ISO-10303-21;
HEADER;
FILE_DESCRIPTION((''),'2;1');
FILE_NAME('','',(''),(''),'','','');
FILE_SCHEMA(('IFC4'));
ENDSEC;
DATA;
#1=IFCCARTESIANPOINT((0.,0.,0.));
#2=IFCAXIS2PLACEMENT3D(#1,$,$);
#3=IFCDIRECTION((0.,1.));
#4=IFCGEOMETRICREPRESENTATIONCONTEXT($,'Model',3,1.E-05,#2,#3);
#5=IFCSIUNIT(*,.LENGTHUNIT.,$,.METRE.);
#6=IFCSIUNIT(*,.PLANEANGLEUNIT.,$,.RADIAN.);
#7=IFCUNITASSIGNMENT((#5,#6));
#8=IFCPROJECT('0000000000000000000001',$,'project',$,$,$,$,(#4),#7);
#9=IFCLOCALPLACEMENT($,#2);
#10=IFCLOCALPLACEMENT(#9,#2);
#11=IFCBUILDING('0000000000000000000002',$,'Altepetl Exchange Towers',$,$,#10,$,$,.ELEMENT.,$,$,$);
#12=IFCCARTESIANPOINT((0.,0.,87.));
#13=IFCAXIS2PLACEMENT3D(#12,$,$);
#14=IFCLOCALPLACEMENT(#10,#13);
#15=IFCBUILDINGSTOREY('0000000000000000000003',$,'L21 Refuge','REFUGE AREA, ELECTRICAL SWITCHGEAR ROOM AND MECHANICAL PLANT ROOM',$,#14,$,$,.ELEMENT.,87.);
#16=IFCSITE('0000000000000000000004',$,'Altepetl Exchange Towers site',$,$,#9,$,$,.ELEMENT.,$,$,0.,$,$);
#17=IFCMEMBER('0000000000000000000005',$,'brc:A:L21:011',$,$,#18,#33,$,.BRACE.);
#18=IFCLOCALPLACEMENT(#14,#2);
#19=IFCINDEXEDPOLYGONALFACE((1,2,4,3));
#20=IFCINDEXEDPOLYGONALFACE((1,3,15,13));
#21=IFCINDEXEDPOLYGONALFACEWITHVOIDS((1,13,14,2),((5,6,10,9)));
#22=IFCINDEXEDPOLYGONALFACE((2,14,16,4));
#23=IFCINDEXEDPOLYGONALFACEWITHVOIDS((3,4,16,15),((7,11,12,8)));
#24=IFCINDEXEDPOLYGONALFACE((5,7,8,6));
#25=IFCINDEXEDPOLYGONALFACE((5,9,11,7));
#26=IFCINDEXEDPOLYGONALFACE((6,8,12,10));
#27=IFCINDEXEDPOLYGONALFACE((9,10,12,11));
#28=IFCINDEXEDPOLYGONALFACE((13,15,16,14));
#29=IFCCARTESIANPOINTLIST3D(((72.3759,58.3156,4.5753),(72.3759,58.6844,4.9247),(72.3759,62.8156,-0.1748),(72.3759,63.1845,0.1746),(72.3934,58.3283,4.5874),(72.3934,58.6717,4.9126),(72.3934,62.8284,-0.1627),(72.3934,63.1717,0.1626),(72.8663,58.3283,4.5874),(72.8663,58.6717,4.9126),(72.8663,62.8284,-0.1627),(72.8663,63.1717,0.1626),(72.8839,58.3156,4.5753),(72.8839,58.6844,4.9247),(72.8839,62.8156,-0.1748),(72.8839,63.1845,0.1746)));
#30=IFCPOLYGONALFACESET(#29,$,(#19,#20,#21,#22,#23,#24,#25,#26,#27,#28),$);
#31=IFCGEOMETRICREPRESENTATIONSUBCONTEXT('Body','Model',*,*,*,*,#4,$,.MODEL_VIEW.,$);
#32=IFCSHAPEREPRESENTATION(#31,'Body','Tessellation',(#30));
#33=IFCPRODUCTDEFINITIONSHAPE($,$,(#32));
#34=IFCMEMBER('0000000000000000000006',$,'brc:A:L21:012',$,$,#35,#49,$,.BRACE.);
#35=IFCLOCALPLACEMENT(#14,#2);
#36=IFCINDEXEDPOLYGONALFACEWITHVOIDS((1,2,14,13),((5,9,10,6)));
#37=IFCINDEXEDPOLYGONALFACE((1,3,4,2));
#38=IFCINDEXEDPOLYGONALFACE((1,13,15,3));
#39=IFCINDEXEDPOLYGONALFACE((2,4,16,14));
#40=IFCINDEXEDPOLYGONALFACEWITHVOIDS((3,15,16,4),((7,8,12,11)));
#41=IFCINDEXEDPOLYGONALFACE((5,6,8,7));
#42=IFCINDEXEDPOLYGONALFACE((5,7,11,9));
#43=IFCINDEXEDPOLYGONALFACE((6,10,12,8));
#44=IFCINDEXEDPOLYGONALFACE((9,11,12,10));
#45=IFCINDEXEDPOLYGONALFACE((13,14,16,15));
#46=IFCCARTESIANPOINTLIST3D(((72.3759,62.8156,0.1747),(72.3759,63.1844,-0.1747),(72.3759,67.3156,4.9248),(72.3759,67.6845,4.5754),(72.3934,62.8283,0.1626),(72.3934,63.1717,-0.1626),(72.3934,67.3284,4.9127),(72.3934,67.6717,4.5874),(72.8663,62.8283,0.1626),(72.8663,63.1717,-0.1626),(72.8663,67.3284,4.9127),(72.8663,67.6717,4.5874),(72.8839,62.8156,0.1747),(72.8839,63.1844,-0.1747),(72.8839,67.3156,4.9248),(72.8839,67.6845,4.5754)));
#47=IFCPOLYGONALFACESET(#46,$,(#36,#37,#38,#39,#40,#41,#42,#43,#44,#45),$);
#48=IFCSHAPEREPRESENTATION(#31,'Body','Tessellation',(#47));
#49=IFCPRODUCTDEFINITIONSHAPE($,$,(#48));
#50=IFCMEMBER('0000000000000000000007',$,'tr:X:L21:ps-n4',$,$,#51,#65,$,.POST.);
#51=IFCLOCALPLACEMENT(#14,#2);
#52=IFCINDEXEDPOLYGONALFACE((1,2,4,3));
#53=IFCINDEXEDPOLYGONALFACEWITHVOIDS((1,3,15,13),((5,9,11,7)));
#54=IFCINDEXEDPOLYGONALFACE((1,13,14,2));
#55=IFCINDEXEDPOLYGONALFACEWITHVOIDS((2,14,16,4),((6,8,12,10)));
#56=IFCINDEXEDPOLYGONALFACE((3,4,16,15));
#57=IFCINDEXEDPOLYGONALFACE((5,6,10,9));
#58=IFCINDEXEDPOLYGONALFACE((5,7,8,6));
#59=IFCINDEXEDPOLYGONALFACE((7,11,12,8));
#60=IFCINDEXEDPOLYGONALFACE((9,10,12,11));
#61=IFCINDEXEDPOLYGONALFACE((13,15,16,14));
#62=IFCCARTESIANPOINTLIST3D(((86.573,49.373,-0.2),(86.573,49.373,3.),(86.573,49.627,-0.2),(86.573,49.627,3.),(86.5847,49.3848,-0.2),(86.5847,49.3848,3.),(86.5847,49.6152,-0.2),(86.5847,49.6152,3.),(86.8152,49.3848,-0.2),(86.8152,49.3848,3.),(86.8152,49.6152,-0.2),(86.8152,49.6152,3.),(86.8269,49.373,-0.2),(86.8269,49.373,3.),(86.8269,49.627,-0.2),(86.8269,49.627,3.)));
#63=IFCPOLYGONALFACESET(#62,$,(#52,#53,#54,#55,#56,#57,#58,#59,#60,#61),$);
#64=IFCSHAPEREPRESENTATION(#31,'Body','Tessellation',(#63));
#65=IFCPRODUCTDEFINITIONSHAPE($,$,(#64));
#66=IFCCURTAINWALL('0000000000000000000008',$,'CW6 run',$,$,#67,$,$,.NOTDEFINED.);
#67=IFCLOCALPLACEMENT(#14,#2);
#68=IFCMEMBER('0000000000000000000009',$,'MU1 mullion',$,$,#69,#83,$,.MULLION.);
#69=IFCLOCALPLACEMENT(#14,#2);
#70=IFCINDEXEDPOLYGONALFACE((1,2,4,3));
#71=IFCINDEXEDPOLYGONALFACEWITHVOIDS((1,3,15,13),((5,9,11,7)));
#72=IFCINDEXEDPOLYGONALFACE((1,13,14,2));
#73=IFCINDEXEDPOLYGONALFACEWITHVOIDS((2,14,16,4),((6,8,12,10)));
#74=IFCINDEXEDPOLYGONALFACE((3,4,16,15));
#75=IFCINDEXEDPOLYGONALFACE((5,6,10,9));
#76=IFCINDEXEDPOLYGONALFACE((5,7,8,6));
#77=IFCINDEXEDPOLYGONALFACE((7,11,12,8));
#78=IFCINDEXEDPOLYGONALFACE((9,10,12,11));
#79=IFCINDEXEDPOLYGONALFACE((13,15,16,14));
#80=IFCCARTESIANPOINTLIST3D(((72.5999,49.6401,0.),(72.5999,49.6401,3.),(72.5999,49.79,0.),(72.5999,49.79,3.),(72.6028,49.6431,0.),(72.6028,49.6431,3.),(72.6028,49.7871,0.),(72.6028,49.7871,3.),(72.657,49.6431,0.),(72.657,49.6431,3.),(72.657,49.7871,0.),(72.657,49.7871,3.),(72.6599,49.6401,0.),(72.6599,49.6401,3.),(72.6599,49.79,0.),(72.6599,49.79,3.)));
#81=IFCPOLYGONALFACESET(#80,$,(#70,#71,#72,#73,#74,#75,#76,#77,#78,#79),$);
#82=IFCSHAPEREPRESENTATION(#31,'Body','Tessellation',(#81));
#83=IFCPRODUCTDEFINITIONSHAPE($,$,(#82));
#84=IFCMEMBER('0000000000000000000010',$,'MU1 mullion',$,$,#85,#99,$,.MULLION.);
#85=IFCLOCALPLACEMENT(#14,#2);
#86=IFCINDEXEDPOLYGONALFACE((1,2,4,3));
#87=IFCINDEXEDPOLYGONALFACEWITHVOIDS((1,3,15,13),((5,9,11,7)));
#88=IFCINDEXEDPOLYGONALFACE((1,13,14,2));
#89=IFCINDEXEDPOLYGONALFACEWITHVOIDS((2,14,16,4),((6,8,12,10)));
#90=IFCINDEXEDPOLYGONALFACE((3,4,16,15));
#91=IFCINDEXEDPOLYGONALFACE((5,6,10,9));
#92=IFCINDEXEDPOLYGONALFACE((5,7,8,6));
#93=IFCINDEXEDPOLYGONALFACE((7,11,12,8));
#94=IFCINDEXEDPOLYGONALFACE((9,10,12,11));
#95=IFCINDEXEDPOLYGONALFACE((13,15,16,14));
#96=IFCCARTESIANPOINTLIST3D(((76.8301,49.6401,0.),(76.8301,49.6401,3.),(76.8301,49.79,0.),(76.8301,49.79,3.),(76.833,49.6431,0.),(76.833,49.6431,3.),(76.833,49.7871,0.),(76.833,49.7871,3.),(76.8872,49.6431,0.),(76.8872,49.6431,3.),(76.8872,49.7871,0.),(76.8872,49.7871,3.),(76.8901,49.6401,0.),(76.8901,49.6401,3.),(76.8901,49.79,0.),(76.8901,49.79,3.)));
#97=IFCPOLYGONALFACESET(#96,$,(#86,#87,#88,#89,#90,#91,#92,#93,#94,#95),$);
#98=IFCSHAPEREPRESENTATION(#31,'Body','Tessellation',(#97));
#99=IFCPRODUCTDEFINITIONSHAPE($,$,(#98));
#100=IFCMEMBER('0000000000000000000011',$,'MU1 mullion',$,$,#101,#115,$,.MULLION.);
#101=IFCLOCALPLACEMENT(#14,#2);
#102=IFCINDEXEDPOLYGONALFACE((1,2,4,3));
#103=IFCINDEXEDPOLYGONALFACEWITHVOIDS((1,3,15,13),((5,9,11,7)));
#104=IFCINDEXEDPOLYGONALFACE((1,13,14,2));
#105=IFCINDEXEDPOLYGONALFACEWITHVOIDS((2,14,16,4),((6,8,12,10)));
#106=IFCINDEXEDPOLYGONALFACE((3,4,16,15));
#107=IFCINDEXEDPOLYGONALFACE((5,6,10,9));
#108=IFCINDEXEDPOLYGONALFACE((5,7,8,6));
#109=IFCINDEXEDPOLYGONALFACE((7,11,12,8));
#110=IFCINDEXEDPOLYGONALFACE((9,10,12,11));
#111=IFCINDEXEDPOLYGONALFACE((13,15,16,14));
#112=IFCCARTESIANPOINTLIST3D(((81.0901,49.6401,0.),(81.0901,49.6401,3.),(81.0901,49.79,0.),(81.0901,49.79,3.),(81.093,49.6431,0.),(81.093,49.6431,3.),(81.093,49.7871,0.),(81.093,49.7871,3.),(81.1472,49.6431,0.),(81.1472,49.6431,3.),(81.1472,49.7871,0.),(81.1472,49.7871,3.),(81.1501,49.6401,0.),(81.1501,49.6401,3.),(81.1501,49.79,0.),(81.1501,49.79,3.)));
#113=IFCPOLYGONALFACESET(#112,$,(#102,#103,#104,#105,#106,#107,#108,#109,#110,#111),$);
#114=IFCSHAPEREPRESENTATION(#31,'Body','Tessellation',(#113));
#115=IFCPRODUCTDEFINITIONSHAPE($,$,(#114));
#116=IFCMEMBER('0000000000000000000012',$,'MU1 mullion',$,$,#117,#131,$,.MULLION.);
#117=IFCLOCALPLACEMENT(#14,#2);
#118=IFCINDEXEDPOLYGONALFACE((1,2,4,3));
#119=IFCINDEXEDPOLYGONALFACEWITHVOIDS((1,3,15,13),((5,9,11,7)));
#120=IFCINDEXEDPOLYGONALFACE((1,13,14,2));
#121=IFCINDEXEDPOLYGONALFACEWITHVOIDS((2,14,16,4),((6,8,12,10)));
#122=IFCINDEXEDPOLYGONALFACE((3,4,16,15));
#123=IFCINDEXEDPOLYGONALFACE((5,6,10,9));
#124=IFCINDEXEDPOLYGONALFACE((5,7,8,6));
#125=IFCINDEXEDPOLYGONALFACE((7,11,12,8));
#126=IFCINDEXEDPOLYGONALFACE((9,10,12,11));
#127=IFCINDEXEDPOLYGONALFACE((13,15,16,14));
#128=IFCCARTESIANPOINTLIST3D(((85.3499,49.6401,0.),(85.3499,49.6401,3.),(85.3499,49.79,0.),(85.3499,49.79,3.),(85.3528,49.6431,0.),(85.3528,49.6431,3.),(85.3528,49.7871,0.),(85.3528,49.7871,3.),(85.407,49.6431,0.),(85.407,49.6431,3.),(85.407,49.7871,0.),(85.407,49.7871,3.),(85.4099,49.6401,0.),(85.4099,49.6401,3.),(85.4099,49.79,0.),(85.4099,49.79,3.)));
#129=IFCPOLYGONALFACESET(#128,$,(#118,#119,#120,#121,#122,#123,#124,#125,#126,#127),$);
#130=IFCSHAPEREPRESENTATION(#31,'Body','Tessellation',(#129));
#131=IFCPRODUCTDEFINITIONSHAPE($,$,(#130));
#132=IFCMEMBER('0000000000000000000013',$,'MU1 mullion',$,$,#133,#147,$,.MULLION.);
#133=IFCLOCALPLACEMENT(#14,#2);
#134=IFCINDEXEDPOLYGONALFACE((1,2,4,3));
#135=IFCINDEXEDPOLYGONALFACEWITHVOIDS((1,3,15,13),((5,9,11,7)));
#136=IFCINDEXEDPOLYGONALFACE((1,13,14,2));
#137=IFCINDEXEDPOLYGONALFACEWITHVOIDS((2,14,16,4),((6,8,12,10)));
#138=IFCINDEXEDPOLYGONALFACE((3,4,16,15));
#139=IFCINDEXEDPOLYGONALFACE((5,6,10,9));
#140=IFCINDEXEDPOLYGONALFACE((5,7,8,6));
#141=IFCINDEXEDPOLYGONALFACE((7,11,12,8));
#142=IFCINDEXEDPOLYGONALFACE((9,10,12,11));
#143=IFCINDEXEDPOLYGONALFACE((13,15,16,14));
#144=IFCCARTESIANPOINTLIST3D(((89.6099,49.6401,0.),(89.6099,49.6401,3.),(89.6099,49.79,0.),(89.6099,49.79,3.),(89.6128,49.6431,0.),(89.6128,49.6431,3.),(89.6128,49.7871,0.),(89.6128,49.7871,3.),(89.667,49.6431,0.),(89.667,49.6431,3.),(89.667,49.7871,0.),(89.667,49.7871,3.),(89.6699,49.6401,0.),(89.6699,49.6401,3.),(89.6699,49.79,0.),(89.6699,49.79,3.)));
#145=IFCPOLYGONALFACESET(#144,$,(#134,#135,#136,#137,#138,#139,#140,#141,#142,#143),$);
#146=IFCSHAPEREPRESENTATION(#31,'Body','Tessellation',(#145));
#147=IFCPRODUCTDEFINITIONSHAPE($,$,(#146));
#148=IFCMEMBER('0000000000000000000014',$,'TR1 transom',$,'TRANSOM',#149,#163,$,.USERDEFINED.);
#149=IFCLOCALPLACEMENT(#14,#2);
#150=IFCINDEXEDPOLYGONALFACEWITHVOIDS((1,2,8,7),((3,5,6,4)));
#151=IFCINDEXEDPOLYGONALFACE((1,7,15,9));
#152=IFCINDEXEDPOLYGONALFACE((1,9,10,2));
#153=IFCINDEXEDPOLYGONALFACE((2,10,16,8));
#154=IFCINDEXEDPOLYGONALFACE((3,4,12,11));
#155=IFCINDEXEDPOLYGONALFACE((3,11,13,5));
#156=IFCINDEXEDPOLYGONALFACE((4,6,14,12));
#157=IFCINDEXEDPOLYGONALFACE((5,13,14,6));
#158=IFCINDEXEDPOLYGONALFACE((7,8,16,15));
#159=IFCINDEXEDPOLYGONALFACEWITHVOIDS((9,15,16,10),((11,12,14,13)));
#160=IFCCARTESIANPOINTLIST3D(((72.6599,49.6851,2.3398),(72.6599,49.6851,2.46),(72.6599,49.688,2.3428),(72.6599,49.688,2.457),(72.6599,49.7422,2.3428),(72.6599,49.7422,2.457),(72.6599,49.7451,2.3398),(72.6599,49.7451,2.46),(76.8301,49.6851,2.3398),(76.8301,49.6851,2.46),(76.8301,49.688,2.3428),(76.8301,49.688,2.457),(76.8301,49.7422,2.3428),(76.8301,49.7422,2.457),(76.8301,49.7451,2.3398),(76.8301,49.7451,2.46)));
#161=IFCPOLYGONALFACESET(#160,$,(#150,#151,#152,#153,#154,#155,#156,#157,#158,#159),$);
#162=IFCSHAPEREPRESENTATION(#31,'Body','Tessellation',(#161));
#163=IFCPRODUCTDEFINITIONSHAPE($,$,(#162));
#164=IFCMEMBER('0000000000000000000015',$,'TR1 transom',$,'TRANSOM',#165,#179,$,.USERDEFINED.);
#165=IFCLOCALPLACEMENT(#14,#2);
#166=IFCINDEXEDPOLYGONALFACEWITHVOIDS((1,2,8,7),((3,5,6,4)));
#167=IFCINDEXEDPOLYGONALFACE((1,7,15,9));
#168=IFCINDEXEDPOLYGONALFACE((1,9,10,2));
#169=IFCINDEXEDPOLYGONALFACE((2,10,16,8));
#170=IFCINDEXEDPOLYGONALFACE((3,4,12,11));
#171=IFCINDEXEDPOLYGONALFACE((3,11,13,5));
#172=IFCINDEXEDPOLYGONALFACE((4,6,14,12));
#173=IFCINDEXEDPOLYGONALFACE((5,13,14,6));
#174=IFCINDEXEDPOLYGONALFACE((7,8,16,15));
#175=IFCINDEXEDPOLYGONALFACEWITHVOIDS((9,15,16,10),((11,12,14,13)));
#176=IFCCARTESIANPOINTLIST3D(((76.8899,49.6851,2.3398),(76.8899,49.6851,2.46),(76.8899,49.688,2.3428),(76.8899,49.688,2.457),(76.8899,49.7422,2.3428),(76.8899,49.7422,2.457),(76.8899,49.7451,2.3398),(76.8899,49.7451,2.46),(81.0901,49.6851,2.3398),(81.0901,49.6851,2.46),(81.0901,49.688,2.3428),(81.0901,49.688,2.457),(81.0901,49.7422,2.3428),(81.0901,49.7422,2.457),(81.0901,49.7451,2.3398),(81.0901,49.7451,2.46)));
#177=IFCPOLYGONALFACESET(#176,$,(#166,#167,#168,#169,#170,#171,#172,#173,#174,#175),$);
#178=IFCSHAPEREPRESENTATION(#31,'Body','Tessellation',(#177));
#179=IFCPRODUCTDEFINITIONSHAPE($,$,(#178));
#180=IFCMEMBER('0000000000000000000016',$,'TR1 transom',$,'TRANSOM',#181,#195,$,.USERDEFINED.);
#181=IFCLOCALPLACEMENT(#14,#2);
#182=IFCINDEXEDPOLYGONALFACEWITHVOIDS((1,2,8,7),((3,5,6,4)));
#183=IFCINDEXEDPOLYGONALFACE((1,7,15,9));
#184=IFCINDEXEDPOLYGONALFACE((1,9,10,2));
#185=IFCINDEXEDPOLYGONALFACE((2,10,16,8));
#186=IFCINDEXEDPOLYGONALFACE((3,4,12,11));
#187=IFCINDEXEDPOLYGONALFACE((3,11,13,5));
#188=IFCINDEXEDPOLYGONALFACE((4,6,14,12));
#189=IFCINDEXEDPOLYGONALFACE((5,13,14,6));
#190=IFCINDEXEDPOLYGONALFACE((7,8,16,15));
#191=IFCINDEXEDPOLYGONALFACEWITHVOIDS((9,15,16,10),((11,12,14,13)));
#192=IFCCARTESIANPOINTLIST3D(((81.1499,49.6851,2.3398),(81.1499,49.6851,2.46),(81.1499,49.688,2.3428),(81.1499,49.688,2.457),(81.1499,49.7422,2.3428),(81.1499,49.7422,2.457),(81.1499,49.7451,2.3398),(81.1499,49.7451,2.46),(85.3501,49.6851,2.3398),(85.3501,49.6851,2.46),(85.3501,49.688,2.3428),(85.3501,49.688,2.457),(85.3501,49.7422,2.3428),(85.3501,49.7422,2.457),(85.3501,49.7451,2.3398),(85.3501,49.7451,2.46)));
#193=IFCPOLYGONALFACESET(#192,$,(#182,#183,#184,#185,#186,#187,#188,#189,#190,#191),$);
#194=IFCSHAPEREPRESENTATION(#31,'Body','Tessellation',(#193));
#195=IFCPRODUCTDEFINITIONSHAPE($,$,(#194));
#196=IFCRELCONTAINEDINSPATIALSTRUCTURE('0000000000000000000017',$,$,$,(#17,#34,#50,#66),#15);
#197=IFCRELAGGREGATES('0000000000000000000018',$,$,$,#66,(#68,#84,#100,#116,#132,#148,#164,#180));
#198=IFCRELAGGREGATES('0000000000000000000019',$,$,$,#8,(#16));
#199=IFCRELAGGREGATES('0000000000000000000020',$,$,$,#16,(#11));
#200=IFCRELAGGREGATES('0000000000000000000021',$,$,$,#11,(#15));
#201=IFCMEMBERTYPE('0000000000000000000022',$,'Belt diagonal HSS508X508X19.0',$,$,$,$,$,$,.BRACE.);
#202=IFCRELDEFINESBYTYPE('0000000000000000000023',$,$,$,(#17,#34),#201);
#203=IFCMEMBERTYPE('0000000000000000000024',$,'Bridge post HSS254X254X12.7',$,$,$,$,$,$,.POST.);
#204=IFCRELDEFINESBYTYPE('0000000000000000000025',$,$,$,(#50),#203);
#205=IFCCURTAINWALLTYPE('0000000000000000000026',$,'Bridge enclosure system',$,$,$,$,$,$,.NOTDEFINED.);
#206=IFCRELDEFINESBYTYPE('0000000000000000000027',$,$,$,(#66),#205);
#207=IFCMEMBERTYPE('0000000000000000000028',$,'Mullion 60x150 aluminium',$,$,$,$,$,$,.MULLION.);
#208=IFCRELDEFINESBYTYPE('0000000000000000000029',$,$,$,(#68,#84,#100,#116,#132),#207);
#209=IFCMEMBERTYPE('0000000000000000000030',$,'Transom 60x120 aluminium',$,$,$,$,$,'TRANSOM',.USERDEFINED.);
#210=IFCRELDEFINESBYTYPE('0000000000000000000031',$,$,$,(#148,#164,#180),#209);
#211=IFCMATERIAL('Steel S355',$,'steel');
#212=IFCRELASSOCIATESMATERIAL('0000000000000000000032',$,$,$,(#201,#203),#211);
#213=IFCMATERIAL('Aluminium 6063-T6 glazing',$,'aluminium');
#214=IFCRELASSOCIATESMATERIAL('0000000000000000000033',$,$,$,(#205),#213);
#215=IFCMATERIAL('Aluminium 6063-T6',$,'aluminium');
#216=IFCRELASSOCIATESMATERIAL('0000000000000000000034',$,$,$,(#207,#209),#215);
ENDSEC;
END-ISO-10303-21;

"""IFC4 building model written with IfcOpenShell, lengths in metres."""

from ifc_helpers import new_model, si_unit, direction, frame, origin, origin_2d, place, context, subcontext, project, spatial, hollow_rectangle, extrude, material, material_profile, profile_set, type_object, element, aggregate, save


model = new_model("IFC4")

# Units and contexts
model_context = context("Model", 3, precision=1e-05, world=origin(), true_north=direction((0.0, 1.0)))
body_context = subcontext(model_context, "Body", "Model", "MODEL_VIEW")
ifc_project = project(units=[si_unit("LENGTHUNIT", "METRE"), si_unit("PLANEANGLEUNIT", "RADIAN")], contexts=[model_context])

# Site, building, storey
site_placement = place(None, origin())
site = spatial("IfcSite", under=ifc_project, at=site_placement, Name="Altepetl Exchange Towers site", CompositionType="ELEMENT", RefElevation=0.0)
building_placement = place(site_placement, origin())
building = spatial("IfcBuilding", under=site, at=building_placement, Name="Altepetl Exchange Towers", CompositionType="ELEMENT")
storey_placement = place(building_placement, frame((0.0, 0.0, 87.0)))
storey = spatial("IfcBuildingStorey", under=building, at=storey_placement, Name="L21 Refuge", Description="REFUGE AREA, ELECTRICAL SWITCHGEAR ROOM AND MECHANICAL PLANT ROOM", CompositionType="ELEMENT", Elevation=87.0)

# Members
ifc_material_1 = material(Name="Steel S355", Category="steel")
ifc_material_profile_1 = material_profile(ifc_material_1, hollow_rectangle(XDim=0.5081, YDim=0.5081, WallThickness=0.0176, at=origin_2d()), Name="HSS508X508X19.0")
ifc_profile_set_1 = profile_set([ifc_material_profile_1], Name="Steel S355")
member_type_1 = type_object("IfcMemberType", Name="Belt diagonal HSS508X508X19.0", PredefinedType="BRACE", material=ifc_profile_set_1)
for number, where, z_axis, x_axis, name in (
    (1, (72.6299, 58.5, 4.75), (0.0, 0.687745, -0.725953), (-1.0, 0.0, 0.0), "brc:A:L21:011"),
    (2, (72.6299, 63.0, 0.0), (0.0, 0.687745, 0.725953), (-1.0, 0.0, 0.0), "brc:A:L21:012"),
):
    element("IfcMember", number, at=place(storey_placement, frame(where, z_axis=z_axis, x_axis=x_axis)), inside=storey, type_object=member_type_1, Name=name, PredefinedType="BRACE", context=body_context, shape_type="SweptSolid", body=[
        extrude(hollow_rectangle(XDim=0.5081, YDim=0.5081, WallThickness=0.0176, at=origin_2d()), origin(), (0.0, 0.0, 1.0), 6.5432),
    ])
ifc_material_profile_2 = material_profile(ifc_material_1, hollow_rectangle(XDim=0.2539, YDim=0.2539, WallThickness=0.0117, at=origin_2d()), Name="HSS254X254X12.7")
ifc_profile_set_2 = profile_set([ifc_material_profile_2], Name="Steel S355")
member_type_2 = type_object("IfcMemberType", Name="Bridge post HSS254X254X12.7", PredefinedType="POST", material=ifc_profile_set_2)
member_1_placement = place(storey_placement, frame((86.7, 49.5, -0.2)))
element("IfcMember", 3, at=member_1_placement, inside=storey, type_object=member_type_2, Name="tr:X:L21:ps-n4", PredefinedType="POST", context=body_context, shape_type="SweptSolid", body=[
    extrude(hollow_rectangle(XDim=0.2539, YDim=0.2539, WallThickness=0.0117, at=origin_2d()), origin(), (0.0, 0.0, 1.0), 3.2),
])

# Curtain wall, members
ifc_material_2 = material(Name="Aluminium 6063-T6 glazing", Category="aluminium")
curtain_wall_type = type_object("IfcCurtainWallType", Name="Bridge enclosure system", PredefinedType="NOTDEFINED", material=ifc_material_2)
curtain_wall_placement = place(storey_placement, origin())
curtain_wall = element("IfcCurtainWall", 4, at=curtain_wall_placement, inside=storey, type_object=curtain_wall_type, Name="CW6 run", PredefinedType="NOTDEFINED")
ifc_material_3 = material(Name="Aluminium 6063-T6", Category="aluminium")
ifc_material_profile_3 = material_profile(ifc_material_3, hollow_rectangle(XDim=0.0601, YDim=0.1499, WallThickness=0.0029, at=origin_2d()), Name="Mullion 60x150 aluminium")
ifc_profile_set_3 = profile_set([ifc_material_profile_3], Name="Aluminium 6063-T6")
member_type_3 = type_object("IfcMemberType", Name="Mullion 60x150 aluminium", PredefinedType="MULLION", material=ifc_profile_set_3)
member_2_placement = place(storey_placement, frame((72.6299, 49.7151, 0.0)))
member_2 = element("IfcMember", 5, at=member_2_placement, type_object=member_type_3, Name="MU1 mullion", PredefinedType="MULLION", context=body_context, shape_type="SweptSolid", body=[
    extrude(hollow_rectangle(XDim=0.0601, YDim=0.1499, WallThickness=0.0029, at=origin_2d()), origin(), (0.0, 0.0, 1.0), 3.0),
])
member_3_placement = place(storey_placement, frame((76.8601, 49.7151, 0.0)))
member_3 = element("IfcMember", 6, at=member_3_placement, type_object=member_type_3, Name="MU1 mullion", PredefinedType="MULLION", context=body_context, shape_type="SweptSolid", body=[
    extrude(hollow_rectangle(XDim=0.0601, YDim=0.1499, WallThickness=0.0029, at=origin_2d()), origin(), (0.0, 0.0, 1.0), 3.0),
])
member_4_placement = place(storey_placement, frame((81.1201, 49.7151, 0.0)))
member_4 = element("IfcMember", 7, at=member_4_placement, type_object=member_type_3, Name="MU1 mullion", PredefinedType="MULLION", context=body_context, shape_type="SweptSolid", body=[
    extrude(hollow_rectangle(XDim=0.0601, YDim=0.1499, WallThickness=0.0029, at=origin_2d()), origin(), (0.0, 0.0, 1.0), 3.0),
])
member_5_placement = place(storey_placement, frame((85.3799, 49.7151, 0.0)))
member_5 = element("IfcMember", 8, at=member_5_placement, type_object=member_type_3, Name="MU1 mullion", PredefinedType="MULLION", context=body_context, shape_type="SweptSolid", body=[
    extrude(hollow_rectangle(XDim=0.0601, YDim=0.1499, WallThickness=0.0029, at=origin_2d()), origin(), (0.0, 0.0, 1.0), 3.0),
])
member_6_placement = place(storey_placement, frame((89.6399, 49.7151, 0.0)))
member_6 = element("IfcMember", 9, at=member_6_placement, type_object=member_type_3, Name="MU1 mullion", PredefinedType="MULLION", context=body_context, shape_type="SweptSolid", body=[
    extrude(hollow_rectangle(XDim=0.0601, YDim=0.1499, WallThickness=0.0029, at=origin_2d()), origin(), (0.0, 0.0, 1.0), 3.0),
])
ifc_material_profile_4 = material_profile(ifc_material_3, hollow_rectangle(XDim=0.0601, YDim=0.1201, WallThickness=0.0029, at=origin_2d()), Name="Transom 60x120 aluminium")
ifc_profile_set_4 = profile_set([ifc_material_profile_4], Name="Aluminium 6063-T6")
member_type_4 = type_object("IfcMemberType", Name="Transom 60x120 aluminium", ElementType="TRANSOM", PredefinedType="USERDEFINED", material=ifc_profile_set_4)
member_7_placement = place(storey_placement, frame((72.6599, 49.7151, 2.3999), z_axis=(1.0, 0.0, 0.0), x_axis=(0.0, 1.0, 0.0)))
member_7 = element("IfcMember", 10, at=member_7_placement, type_object=member_type_4, Name="TR1 transom", ObjectType="TRANSOM", PredefinedType="USERDEFINED", context=body_context, shape_type="SweptSolid", body=[
    extrude(hollow_rectangle(XDim=0.0601, YDim=0.1201, WallThickness=0.0029, at=origin_2d()), origin(), (0.0, 0.0, 1.0), 4.1702),
])
member_8_placement = place(storey_placement, frame((76.8899, 49.7151, 2.3999), z_axis=(1.0, 0.0, 0.0), x_axis=(0.0, 1.0, 0.0)))
member_8 = element("IfcMember", 11, at=member_8_placement, type_object=member_type_4, Name="TR1 transom", ObjectType="TRANSOM", PredefinedType="USERDEFINED", context=body_context, shape_type="SweptSolid", body=[
    extrude(hollow_rectangle(XDim=0.0601, YDim=0.1201, WallThickness=0.0029, at=origin_2d()), origin(), (0.0, 0.0, 1.0), 4.2002),
])
member_9_placement = place(storey_placement, frame((81.1499, 49.7151, 2.3999), z_axis=(1.0, 0.0, 0.0), x_axis=(0.0, 1.0, 0.0)))
member_9 = element("IfcMember", 12, at=member_9_placement, type_object=member_type_4, Name="TR1 transom", ObjectType="TRANSOM", PredefinedType="USERDEFINED", context=body_context, shape_type="SweptSolid", body=[
    extrude(hollow_rectangle(XDim=0.0601, YDim=0.1201, WallThickness=0.0029, at=origin_2d()), origin(), (0.0, 0.0, 1.0), 4.2002),
])
aggregate(curtain_wall, [member_2, member_3, member_4, member_5, member_6, member_7, member_8, member_9])

save(model, "model.ifc")
